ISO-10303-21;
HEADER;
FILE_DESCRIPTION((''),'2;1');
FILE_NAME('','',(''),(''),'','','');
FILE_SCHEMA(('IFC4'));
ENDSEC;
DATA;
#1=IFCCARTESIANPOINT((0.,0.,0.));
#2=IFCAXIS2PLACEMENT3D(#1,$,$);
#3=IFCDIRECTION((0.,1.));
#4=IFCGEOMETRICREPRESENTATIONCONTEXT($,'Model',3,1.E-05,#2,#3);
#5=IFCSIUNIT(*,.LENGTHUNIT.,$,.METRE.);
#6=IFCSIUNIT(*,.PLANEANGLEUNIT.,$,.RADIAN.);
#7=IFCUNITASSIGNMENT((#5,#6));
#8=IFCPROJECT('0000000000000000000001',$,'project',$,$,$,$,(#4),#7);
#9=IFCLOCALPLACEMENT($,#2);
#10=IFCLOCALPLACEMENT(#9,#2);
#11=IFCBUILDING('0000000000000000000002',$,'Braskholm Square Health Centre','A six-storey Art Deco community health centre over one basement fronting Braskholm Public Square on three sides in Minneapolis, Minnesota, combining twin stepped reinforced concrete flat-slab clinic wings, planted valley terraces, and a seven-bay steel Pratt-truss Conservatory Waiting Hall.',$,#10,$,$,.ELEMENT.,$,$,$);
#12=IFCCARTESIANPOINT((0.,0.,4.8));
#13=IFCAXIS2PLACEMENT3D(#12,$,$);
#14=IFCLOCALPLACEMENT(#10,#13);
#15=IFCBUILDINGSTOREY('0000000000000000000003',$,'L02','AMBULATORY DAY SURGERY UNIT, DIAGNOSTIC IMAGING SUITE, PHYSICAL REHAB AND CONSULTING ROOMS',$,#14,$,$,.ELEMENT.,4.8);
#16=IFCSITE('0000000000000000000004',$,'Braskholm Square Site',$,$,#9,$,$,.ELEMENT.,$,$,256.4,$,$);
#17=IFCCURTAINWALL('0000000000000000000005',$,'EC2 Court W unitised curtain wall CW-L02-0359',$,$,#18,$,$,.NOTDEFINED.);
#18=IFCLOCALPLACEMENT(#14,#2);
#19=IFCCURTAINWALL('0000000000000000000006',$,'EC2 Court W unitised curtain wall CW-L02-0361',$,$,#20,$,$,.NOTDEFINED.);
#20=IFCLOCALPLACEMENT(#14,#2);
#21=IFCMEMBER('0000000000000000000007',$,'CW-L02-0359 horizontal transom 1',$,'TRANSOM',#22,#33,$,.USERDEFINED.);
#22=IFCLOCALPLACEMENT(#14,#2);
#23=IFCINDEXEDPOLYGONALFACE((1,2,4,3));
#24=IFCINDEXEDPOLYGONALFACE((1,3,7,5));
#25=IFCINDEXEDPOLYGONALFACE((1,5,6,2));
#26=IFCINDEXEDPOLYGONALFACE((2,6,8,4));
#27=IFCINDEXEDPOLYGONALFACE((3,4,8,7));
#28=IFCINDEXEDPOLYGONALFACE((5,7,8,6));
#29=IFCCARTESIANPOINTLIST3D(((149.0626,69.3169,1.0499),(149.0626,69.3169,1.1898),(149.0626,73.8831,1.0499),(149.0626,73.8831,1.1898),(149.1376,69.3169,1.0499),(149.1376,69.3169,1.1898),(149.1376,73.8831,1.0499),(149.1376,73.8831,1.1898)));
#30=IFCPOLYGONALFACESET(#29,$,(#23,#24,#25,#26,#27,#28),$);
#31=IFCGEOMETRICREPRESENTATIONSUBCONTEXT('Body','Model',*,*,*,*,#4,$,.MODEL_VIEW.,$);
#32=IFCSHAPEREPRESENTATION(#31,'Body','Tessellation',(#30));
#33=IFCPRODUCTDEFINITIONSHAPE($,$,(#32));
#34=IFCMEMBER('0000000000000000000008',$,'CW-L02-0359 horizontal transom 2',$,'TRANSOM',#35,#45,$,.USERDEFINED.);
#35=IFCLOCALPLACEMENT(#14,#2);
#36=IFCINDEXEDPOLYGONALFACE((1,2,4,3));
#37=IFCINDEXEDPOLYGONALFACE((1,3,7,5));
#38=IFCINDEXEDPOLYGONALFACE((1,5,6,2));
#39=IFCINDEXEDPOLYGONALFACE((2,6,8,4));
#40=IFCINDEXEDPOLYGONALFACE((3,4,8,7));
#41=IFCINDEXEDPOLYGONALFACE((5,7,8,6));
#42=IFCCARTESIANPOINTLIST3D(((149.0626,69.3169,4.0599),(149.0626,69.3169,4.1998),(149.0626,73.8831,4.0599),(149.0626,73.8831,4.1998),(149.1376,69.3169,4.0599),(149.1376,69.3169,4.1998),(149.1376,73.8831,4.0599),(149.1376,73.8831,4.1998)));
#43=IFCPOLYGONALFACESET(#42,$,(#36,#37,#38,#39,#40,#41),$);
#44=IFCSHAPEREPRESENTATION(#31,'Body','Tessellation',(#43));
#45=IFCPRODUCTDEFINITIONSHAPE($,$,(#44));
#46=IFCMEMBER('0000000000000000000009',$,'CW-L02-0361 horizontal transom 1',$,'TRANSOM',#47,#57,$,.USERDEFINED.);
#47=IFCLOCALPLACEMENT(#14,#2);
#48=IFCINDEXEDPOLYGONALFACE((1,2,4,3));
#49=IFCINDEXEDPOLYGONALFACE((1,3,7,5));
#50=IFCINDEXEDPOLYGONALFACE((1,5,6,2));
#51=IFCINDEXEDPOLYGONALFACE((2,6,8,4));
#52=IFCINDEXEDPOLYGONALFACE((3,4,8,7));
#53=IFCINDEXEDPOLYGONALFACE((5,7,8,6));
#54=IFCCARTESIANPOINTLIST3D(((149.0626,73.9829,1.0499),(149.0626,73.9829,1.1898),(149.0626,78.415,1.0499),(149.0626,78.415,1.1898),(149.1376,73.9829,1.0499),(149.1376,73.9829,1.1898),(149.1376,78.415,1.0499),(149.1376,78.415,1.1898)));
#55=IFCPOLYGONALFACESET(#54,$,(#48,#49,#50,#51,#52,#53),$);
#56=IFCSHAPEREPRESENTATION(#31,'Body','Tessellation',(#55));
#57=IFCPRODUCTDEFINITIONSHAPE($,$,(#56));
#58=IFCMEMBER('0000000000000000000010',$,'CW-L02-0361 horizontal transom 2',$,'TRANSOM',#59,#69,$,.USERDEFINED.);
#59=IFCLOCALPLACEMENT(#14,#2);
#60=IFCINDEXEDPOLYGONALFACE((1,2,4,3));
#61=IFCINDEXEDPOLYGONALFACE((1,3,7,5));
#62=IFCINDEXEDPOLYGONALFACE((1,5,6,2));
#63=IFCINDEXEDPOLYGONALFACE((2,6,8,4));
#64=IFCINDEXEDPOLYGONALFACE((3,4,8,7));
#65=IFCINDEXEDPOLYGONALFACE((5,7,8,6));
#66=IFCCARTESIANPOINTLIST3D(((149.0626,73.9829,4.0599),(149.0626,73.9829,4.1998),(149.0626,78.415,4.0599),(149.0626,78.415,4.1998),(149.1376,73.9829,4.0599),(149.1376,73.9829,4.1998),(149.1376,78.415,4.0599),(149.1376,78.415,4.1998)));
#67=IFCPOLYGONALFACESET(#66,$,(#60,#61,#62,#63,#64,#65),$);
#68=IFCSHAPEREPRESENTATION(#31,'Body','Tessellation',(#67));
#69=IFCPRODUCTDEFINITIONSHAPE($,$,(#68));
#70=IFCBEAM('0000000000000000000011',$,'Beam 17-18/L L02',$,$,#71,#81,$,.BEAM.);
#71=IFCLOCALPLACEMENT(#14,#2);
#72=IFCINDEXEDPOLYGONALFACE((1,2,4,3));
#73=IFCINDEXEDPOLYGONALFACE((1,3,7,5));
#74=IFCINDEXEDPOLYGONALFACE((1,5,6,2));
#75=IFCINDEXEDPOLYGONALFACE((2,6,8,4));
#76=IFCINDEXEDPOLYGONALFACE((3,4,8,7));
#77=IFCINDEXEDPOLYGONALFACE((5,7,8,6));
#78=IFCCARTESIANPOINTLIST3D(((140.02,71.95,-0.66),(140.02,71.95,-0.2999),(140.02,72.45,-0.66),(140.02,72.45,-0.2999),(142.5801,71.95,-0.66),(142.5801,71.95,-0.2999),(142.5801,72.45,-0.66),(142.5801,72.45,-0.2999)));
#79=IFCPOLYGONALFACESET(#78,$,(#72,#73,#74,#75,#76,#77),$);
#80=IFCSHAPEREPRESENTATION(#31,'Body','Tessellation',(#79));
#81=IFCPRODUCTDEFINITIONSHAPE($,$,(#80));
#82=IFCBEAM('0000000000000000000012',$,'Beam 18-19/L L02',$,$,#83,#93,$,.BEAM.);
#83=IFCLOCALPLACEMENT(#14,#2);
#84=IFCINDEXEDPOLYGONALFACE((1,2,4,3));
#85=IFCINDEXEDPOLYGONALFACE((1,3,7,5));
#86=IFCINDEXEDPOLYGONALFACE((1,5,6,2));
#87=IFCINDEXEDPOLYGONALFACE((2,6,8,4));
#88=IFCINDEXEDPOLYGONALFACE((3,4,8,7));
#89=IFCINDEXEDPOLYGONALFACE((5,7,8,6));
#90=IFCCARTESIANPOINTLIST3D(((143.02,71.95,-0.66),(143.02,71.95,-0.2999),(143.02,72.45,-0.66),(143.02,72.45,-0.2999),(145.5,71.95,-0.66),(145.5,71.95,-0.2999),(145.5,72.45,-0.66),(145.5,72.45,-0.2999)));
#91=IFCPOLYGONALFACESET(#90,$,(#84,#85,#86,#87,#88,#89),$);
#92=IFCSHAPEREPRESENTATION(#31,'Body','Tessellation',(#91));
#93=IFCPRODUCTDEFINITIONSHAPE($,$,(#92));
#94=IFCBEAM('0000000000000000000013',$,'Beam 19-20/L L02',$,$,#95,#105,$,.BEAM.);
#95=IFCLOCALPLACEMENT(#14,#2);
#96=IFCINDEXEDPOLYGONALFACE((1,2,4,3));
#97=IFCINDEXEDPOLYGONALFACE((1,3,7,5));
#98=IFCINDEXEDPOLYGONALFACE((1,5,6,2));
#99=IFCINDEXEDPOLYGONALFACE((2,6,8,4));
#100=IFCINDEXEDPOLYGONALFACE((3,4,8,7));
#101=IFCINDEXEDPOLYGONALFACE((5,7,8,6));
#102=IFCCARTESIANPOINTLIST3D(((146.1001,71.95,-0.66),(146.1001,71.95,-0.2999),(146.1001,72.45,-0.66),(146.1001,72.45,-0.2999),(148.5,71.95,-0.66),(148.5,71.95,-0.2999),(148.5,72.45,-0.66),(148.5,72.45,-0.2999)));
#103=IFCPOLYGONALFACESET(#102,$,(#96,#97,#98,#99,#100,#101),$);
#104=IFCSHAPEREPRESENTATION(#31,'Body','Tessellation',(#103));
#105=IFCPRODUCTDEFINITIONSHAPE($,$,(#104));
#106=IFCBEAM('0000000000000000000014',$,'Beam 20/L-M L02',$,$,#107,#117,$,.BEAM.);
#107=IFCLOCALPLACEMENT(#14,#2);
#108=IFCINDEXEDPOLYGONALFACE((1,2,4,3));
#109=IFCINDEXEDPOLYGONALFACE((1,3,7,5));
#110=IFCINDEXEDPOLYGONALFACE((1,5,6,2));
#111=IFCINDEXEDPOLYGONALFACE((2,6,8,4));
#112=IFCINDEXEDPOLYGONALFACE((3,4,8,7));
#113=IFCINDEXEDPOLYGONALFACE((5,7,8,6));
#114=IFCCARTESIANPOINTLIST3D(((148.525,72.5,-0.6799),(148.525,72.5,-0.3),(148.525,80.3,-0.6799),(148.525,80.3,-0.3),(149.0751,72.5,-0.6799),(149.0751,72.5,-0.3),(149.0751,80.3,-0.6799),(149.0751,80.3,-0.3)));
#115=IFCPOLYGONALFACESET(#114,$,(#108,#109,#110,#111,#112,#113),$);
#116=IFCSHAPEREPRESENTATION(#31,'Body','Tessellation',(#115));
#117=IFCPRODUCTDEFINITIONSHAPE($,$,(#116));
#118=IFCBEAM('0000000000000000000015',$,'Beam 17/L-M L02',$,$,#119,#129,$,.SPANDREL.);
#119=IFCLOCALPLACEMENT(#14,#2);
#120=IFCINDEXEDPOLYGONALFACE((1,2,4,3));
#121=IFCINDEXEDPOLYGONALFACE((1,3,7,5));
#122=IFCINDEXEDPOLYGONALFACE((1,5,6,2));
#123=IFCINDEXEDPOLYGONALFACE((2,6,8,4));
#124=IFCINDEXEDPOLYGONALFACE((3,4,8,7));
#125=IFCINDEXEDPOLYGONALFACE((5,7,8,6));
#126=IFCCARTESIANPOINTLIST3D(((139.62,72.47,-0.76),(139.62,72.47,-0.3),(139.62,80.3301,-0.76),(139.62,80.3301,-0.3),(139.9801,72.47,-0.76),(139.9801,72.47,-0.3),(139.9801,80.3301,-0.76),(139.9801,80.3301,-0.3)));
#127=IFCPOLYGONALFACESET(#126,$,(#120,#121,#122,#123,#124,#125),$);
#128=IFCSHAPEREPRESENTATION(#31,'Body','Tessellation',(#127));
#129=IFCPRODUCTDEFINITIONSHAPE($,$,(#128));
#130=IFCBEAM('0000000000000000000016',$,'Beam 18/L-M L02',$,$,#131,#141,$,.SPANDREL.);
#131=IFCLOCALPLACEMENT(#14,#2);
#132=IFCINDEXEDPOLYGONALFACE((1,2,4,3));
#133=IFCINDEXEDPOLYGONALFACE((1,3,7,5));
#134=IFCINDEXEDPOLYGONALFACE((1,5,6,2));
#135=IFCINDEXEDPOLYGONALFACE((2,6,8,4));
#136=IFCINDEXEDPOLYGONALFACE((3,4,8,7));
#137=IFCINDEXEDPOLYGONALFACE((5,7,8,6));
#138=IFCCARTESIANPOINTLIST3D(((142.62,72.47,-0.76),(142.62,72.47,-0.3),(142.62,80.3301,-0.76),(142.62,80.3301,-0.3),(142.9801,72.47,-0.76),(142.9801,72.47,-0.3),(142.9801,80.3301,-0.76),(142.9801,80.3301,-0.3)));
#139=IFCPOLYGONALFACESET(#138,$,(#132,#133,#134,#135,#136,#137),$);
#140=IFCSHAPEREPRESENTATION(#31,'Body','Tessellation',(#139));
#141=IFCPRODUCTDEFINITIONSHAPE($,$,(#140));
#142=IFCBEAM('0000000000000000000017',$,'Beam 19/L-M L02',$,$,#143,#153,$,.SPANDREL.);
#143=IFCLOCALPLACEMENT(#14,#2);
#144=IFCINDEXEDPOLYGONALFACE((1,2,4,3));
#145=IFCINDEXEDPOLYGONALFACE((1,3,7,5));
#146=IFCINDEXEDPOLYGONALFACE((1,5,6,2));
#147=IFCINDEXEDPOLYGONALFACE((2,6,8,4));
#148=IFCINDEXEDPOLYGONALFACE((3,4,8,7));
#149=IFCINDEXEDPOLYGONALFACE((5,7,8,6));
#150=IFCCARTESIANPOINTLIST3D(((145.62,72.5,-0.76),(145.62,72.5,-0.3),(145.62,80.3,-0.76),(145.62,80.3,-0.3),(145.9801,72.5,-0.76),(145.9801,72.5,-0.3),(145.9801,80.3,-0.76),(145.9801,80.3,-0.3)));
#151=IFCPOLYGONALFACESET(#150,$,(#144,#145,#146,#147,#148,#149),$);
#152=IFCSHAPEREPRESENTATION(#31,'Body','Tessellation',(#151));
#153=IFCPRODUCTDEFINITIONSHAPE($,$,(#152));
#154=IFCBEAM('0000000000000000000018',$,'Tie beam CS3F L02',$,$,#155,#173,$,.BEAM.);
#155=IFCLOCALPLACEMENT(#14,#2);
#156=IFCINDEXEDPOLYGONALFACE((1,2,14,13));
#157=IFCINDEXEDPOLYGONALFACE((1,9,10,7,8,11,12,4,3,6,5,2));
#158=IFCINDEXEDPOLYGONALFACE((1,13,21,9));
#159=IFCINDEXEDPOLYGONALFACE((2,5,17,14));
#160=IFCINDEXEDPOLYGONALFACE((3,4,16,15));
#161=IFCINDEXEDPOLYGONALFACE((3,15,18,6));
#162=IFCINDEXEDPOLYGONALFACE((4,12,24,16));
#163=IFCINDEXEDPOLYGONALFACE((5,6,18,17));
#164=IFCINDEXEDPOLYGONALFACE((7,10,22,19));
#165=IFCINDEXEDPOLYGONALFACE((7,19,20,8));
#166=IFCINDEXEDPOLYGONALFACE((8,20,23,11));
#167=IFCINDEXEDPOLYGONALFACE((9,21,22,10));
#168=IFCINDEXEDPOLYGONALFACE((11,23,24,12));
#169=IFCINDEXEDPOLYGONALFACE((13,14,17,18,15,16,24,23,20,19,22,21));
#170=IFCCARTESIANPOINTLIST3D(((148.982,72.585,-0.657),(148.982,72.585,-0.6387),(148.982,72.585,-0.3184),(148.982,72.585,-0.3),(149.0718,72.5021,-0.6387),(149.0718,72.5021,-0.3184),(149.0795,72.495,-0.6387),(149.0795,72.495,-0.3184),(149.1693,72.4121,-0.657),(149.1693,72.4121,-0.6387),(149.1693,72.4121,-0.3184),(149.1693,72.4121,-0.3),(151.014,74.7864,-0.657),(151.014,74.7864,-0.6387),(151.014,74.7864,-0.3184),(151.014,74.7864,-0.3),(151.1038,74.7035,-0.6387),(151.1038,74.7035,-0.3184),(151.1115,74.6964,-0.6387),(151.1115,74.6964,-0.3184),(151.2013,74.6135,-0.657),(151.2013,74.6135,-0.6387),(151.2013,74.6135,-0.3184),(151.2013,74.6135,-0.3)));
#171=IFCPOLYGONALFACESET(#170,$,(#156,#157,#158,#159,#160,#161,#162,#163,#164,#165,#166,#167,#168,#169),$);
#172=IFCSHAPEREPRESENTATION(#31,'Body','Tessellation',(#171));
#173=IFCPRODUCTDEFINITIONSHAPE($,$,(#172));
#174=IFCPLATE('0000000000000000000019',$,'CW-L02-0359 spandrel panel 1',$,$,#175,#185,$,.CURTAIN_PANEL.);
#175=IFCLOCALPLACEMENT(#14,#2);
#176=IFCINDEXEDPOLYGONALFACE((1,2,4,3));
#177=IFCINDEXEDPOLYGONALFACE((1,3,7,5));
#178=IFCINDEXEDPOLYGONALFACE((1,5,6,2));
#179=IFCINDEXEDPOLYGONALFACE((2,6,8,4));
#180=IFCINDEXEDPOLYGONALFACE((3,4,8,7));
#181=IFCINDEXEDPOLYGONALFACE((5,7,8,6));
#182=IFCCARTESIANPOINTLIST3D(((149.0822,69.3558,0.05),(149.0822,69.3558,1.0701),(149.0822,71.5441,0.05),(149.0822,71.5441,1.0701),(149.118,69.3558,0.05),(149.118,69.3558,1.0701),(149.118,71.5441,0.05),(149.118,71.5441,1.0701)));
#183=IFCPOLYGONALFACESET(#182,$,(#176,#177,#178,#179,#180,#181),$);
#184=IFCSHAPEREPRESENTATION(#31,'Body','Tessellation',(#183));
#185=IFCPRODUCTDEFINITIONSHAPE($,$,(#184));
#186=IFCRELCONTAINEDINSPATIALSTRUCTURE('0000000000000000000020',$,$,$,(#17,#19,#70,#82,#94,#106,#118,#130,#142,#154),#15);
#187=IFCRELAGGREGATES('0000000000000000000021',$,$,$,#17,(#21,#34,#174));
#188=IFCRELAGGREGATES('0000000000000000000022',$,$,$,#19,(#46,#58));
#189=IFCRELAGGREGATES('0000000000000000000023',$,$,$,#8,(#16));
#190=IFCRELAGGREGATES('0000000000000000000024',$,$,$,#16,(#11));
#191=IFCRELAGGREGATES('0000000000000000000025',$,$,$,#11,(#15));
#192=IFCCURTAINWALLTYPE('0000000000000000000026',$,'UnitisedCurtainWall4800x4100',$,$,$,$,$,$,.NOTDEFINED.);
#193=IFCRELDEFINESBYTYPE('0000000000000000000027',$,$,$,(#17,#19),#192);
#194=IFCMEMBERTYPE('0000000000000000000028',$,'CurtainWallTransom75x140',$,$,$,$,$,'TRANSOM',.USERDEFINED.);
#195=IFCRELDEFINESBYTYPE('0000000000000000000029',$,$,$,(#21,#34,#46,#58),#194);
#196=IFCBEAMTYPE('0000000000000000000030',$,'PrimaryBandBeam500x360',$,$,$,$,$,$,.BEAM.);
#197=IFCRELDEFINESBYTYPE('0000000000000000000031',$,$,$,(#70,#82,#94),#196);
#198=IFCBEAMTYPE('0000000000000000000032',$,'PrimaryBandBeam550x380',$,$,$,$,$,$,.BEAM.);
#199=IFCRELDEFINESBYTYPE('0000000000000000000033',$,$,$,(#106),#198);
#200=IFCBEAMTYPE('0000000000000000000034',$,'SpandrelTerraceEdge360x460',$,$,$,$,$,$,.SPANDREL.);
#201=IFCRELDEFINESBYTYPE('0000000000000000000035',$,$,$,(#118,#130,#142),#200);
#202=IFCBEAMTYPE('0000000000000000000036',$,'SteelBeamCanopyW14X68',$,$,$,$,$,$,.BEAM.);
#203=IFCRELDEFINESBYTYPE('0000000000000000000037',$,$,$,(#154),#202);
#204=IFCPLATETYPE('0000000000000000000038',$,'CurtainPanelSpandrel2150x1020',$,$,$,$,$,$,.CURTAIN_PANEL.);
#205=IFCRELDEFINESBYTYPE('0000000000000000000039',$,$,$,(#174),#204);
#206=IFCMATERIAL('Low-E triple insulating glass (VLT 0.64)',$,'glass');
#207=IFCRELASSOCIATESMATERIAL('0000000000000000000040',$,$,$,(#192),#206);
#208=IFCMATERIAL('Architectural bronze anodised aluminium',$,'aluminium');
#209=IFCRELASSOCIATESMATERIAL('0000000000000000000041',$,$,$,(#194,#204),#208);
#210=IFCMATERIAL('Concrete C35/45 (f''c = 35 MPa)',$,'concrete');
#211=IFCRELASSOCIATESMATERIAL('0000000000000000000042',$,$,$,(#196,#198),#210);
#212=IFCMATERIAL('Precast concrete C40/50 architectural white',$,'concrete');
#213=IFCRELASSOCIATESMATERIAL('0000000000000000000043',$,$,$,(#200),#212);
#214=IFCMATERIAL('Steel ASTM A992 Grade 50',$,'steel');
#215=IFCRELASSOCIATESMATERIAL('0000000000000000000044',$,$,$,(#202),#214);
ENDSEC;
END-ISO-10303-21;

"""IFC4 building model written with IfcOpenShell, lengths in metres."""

from ifc_helpers import new_model, si_unit, direction, frame, origin, origin_2d, place, context, subcontext, project, spatial, rectangle, i_section, extrude, material, material_profile, profile_set, type_object, element, aggregate, save


model = new_model("IFC4")

# Units and contexts
model_context = context("Model", 3, precision=1e-05, world=origin(), true_north=direction((0.0, 1.0)))
body_context = subcontext(model_context, "Body", "Model", "MODEL_VIEW")
ifc_project = project(units=[si_unit("LENGTHUNIT", "METRE"), si_unit("PLANEANGLEUNIT", "RADIAN")], contexts=[model_context])

# Site, building, storey
site_placement = place(None, origin())
site = spatial("IfcSite", under=ifc_project, at=site_placement, Name="Braskholm Square Site", CompositionType="ELEMENT", RefElevation=256.4)
building_placement = place(site_placement, origin())
building = spatial("IfcBuilding", under=site, at=building_placement, Name="Braskholm Square Health Centre", Description="A six-storey Art Deco community health centre over one basement fronting Braskholm Public Square on three sides in Minneapolis, Minnesota, combining twin stepped reinforced concrete flat-slab clinic wings, planted valley terraces, and a seven-bay steel Pratt-truss Conservatory Waiting Hall.", CompositionType="ELEMENT")
storey_placement = place(building_placement, frame((0.0, 0.0, 4.8)))
storey = spatial("IfcBuildingStorey", under=building, at=storey_placement, Name="L02", Description="AMBULATORY DAY SURGERY UNIT, DIAGNOSTIC IMAGING SUITE, PHYSICAL REHAB AND CONSULTING ROOMS", CompositionType="ELEMENT", Elevation=4.8)

# Shared definitions
ifc_material_1 = material(Name="Precast concrete C40/50 architectural white", Category="concrete")

# Shared definitions
ifc_material_2 = material(Name="Low-E triple insulating glass (VLT 0.64)", Category="glass")
ifc_material_3 = material(Name="Architectural bronze anodised aluminium", Category="aluminium")

# Curtain walls
curtain_wall_type_1 = type_object("IfcCurtainWallType", Name="UnitisedCurtainWall4800x4100", PredefinedType="NOTDEFINED", material=ifc_material_2)
curtain_wall_1_placement = place(storey_placement, origin())
curtain_wall_1 = element("IfcCurtainWall", 1, at=curtain_wall_1_placement, inside=storey, type_object=curtain_wall_type_1, Name="EC2 Court W unitised curtain wall CW-L02-0359", PredefinedType="NOTDEFINED")
curtain_wall_2_placement = place(storey_placement, origin())
curtain_wall_2 = element("IfcCurtainWall", 2, at=curtain_wall_2_placement, inside=storey, type_object=curtain_wall_type_1, Name="EC2 Court W unitised curtain wall CW-L02-0361", PredefinedType="NOTDEFINED")

# Members
ifc_material_profile_1 = material_profile(ifc_material_3, rectangle(XDim=0.075, YDim=0.1399, at=origin_2d()), Name="ALU-75X140")
ifc_profile_set_1 = profile_set([ifc_material_profile_1], Name="Architectural bronze anodised aluminium")
member_type_1 = type_object("IfcMemberType", Name="CurtainWallTransom75x140", ElementType="TRANSOM", PredefinedType="USERDEFINED", material=ifc_profile_set_1)
member_1_placement = place(storey_placement, frame((149.1001, 69.3169, 1.1199), z_axis=(0.0, 1.0, 0.0), x_axis=(-1.0, 0.0, 0.0)))
member_1 = element("IfcMember", 3, at=member_1_placement, type_object=member_type_1, Name="CW-L02-0359 horizontal transom 1", ObjectType="TRANSOM", PredefinedType="USERDEFINED", context=body_context, shape_type="SweptSolid", body=[
    extrude(rectangle(XDim=0.075, YDim=0.1399, at=origin_2d()), origin(), (0.0, 0.0, 1.0), 4.5662),
])
member_2_placement = place(storey_placement, frame((149.1001, 69.3169, 4.1299), z_axis=(0.0, 1.0, 0.0), x_axis=(-1.0, 0.0, 0.0)))
member_2 = element("IfcMember", 4, at=member_2_placement, type_object=member_type_1, Name="CW-L02-0359 horizontal transom 2", ObjectType="TRANSOM", PredefinedType="USERDEFINED", context=body_context, shape_type="SweptSolid", body=[
    extrude(rectangle(XDim=0.075, YDim=0.1399, at=origin_2d()), origin(), (0.0, 0.0, 1.0), 4.5662),
])
member_3_placement = place(storey_placement, frame((149.1001, 73.9829, 1.1199), z_axis=(0.0, 1.0, 0.0), x_axis=(-1.0, 0.0, 0.0)))
member_3 = element("IfcMember", 5, at=member_3_placement, type_object=member_type_1, Name="CW-L02-0361 horizontal transom 1", ObjectType="TRANSOM", PredefinedType="USERDEFINED", context=body_context, shape_type="SweptSolid", body=[
    extrude(rectangle(XDim=0.075, YDim=0.1399, at=origin_2d()), origin(), (0.0, 0.0, 1.0), 4.4321),
])
member_4_placement = place(storey_placement, frame((149.1001, 73.9829, 4.1299), z_axis=(0.0, 1.0, 0.0), x_axis=(-1.0, 0.0, 0.0)))
member_4 = element("IfcMember", 6, at=member_4_placement, type_object=member_type_1, Name="CW-L02-0361 horizontal transom 2", ObjectType="TRANSOM", PredefinedType="USERDEFINED", context=body_context, shape_type="SweptSolid", body=[
    extrude(rectangle(XDim=0.075, YDim=0.1399, at=origin_2d()), origin(), (0.0, 0.0, 1.0), 4.4321),
])

# Beams
ifc_material_4 = material(Name="Concrete C35/45 (f'c = 35 MPa)", Category="concrete")
ifc_material_profile_2 = material_profile(ifc_material_4, rectangle(XDim=0.5, YDim=0.3601, at=origin_2d()), Name="RCB-500X360")
ifc_profile_set_2 = profile_set([ifc_material_profile_2], Name="Concrete C35/45 (f'c = 35 MPa)")
beam_type_1 = type_object("IfcBeamType", Name="PrimaryBandBeam500x360", PredefinedType="BEAM", material=ifc_profile_set_2)
beam_1_placement = place(storey_placement, frame((140.02, 72.2, -0.48), z_axis=(1.0, 0.0, 0.0), x_axis=(0.0, 1.0, 0.0)))
element("IfcBeam", 7, at=beam_1_placement, inside=storey, type_object=beam_type_1, Name="Beam 17-18/L L02", PredefinedType="BEAM", context=body_context, shape_type="SweptSolid", body=[
    extrude(rectangle(XDim=0.5, YDim=0.3601, at=origin_2d()), origin(), (0.0, 0.0, 1.0), 2.5601),
])
beam_2_placement = place(storey_placement, frame((143.02, 72.2, -0.48), z_axis=(1.0, 0.0, 0.0), x_axis=(0.0, 1.0, 0.0)))
element("IfcBeam", 8, at=beam_2_placement, inside=storey, type_object=beam_type_1, Name="Beam 18-19/L L02", PredefinedType="BEAM", context=body_context, shape_type="SweptSolid", body=[
    extrude(rectangle(XDim=0.5, YDim=0.3601, at=origin_2d()), origin(), (0.0, 0.0, 1.0), 2.48),
])
beam_3_placement = place(storey_placement, frame((146.1001, 72.2, -0.48), z_axis=(1.0, 0.0, 0.0), x_axis=(0.0, 1.0, 0.0)))
element("IfcBeam", 9, at=beam_3_placement, inside=storey, type_object=beam_type_1, Name="Beam 19-20/L L02", PredefinedType="BEAM", context=body_context, shape_type="SweptSolid", body=[
    extrude(rectangle(XDim=0.5, YDim=0.3601, at=origin_2d()), origin(), (0.0, 0.0, 1.0), 2.3999),
])
ifc_material_profile_3 = material_profile(ifc_material_4, rectangle(XDim=0.55, YDim=0.3799, at=origin_2d()), Name="RCB-550X380")
ifc_profile_set_3 = profile_set([ifc_material_profile_3], Name="Concrete C35/45 (f'c = 35 MPa)")
beam_type_2 = type_object("IfcBeamType", Name="PrimaryBandBeam550x380", PredefinedType="BEAM", material=ifc_profile_set_3)
beam_4_placement = place(storey_placement, frame((148.8, 72.5, -0.49), z_axis=(0.0, 1.0, 0.0), x_axis=(-1.0, 0.0, 0.0)))
element("IfcBeam", 10, at=beam_4_placement, inside=storey, type_object=beam_type_2, Name="Beam 20/L-M L02", PredefinedType="BEAM", context=body_context, shape_type="SweptSolid", body=[
    extrude(rectangle(XDim=0.55, YDim=0.3799, at=origin_2d()), origin(), (0.0, 0.0, 1.0), 7.8),
])
ifc_material_profile_4 = material_profile(ifc_material_1, rectangle(XDim=0.3601, YDim=0.46, at=origin_2d()), Name="RCB-360X460")
ifc_profile_set_4 = profile_set([ifc_material_profile_4], Name="Precast concrete C40/50 architectural white")
beam_type_3 = type_object("IfcBeamType", Name="SpandrelTerraceEdge360x460", PredefinedType="SPANDREL", material=ifc_profile_set_4)
for number, where, z_axis, x_axis, name in (
    (11, (139.8, 72.47, -0.53), (0.0, 1.0, 0.0), (-1.0, 0.0, 0.0), "Beam 17/L-M L02"),
    (12, (142.8, 72.47, -0.53), (0.0, 1.0, 0.0), (-1.0, 0.0, 0.0), "Beam 18/L-M L02"),
):
    element("IfcBeam", number, at=place(storey_placement, frame(where, z_axis=z_axis, x_axis=x_axis)), inside=storey, type_object=beam_type_3, Name=name, PredefinedType="SPANDREL", context=body_context, shape_type="SweptSolid", body=[
        extrude(rectangle(XDim=0.3601, YDim=0.46, at=origin_2d()), origin(), (0.0, 0.0, 1.0), 7.8601),
    ])
beam_5_placement = place(storey_placement, frame((145.8, 72.5, -0.53), z_axis=(0.0, 1.0, 0.0), x_axis=(-1.0, 0.0, 0.0)))
element("IfcBeam", 13, at=beam_5_placement, inside=storey, type_object=beam_type_3, Name="Beam 19/L-M L02", PredefinedType="SPANDREL", context=body_context, shape_type="SweptSolid", body=[
    extrude(rectangle(XDim=0.3601, YDim=0.46, at=origin_2d()), origin(), (0.0, 0.0, 1.0), 7.8),
])
ifc_material_5 = material(Name="Steel ASTM A992 Grade 50", Category="steel")
ifc_material_profile_5 = material_profile(ifc_material_5, i_section(OverallWidth=0.2549, OverallDepth=0.3569, WebThickness=0.0105, FlangeThickness=0.0183, at=origin_2d()), Name="W14X68")
ifc_profile_set_5 = profile_set([ifc_material_profile_5], Name="Steel ASTM A992 Grade 50")
beam_type_4 = type_object("IfcBeamType", Name="SteelBeamCanopyW14X68", PredefinedType="BEAM", material=ifc_profile_set_5)
beam_6_placement = place(storey_placement, frame((151.1077, 74.7, -0.4785), z_axis=(-0.678263, -0.734819, 0.0), x_axis=(0.734819, -0.678263, 0.0)))
element("IfcBeam", 14, at=beam_6_placement, inside=storey, type_object=beam_type_4, Name="Tie beam CS3F L02", PredefinedType="BEAM", context=body_context, shape_type="SweptSolid", body=[
    extrude(i_section(OverallWidth=0.2549, OverallDepth=0.3569, WebThickness=0.0105, FlangeThickness=0.0183, at=origin_2d()), origin(), (0.0, 0.0, 1.0), 2.9958),
])

# Plate
plate_type_1 = type_object("IfcPlateType", Name="CurtainPanelSpandrel2150x1020", PredefinedType="CURTAIN_PANEL", material=ifc_material_3)
plate_1_placement = place(storey_placement, frame((149.1001, 70.45, 0.05), z_axis=(0.0, 0.0, 1.0), x_axis=(0.0, 1.0, 0.0)))
plate_1 = element("IfcPlate", 15, at=plate_1_placement, type_object=plate_type_1, Name="CW-L02-0359 spandrel panel 1", PredefinedType="CURTAIN_PANEL", context=body_context, shape_type="SweptSolid", body=[
    extrude(rectangle(XDim=2.1882, YDim=0.0359, at=origin_2d()), origin(), (0.0, 0.0, 1.0), 1.02),
])
aggregate(curtain_wall_1, [member_1, member_2, plate_1])
aggregate(curtain_wall_2, [member_3, member_4])

save(model, "model.ifc")
